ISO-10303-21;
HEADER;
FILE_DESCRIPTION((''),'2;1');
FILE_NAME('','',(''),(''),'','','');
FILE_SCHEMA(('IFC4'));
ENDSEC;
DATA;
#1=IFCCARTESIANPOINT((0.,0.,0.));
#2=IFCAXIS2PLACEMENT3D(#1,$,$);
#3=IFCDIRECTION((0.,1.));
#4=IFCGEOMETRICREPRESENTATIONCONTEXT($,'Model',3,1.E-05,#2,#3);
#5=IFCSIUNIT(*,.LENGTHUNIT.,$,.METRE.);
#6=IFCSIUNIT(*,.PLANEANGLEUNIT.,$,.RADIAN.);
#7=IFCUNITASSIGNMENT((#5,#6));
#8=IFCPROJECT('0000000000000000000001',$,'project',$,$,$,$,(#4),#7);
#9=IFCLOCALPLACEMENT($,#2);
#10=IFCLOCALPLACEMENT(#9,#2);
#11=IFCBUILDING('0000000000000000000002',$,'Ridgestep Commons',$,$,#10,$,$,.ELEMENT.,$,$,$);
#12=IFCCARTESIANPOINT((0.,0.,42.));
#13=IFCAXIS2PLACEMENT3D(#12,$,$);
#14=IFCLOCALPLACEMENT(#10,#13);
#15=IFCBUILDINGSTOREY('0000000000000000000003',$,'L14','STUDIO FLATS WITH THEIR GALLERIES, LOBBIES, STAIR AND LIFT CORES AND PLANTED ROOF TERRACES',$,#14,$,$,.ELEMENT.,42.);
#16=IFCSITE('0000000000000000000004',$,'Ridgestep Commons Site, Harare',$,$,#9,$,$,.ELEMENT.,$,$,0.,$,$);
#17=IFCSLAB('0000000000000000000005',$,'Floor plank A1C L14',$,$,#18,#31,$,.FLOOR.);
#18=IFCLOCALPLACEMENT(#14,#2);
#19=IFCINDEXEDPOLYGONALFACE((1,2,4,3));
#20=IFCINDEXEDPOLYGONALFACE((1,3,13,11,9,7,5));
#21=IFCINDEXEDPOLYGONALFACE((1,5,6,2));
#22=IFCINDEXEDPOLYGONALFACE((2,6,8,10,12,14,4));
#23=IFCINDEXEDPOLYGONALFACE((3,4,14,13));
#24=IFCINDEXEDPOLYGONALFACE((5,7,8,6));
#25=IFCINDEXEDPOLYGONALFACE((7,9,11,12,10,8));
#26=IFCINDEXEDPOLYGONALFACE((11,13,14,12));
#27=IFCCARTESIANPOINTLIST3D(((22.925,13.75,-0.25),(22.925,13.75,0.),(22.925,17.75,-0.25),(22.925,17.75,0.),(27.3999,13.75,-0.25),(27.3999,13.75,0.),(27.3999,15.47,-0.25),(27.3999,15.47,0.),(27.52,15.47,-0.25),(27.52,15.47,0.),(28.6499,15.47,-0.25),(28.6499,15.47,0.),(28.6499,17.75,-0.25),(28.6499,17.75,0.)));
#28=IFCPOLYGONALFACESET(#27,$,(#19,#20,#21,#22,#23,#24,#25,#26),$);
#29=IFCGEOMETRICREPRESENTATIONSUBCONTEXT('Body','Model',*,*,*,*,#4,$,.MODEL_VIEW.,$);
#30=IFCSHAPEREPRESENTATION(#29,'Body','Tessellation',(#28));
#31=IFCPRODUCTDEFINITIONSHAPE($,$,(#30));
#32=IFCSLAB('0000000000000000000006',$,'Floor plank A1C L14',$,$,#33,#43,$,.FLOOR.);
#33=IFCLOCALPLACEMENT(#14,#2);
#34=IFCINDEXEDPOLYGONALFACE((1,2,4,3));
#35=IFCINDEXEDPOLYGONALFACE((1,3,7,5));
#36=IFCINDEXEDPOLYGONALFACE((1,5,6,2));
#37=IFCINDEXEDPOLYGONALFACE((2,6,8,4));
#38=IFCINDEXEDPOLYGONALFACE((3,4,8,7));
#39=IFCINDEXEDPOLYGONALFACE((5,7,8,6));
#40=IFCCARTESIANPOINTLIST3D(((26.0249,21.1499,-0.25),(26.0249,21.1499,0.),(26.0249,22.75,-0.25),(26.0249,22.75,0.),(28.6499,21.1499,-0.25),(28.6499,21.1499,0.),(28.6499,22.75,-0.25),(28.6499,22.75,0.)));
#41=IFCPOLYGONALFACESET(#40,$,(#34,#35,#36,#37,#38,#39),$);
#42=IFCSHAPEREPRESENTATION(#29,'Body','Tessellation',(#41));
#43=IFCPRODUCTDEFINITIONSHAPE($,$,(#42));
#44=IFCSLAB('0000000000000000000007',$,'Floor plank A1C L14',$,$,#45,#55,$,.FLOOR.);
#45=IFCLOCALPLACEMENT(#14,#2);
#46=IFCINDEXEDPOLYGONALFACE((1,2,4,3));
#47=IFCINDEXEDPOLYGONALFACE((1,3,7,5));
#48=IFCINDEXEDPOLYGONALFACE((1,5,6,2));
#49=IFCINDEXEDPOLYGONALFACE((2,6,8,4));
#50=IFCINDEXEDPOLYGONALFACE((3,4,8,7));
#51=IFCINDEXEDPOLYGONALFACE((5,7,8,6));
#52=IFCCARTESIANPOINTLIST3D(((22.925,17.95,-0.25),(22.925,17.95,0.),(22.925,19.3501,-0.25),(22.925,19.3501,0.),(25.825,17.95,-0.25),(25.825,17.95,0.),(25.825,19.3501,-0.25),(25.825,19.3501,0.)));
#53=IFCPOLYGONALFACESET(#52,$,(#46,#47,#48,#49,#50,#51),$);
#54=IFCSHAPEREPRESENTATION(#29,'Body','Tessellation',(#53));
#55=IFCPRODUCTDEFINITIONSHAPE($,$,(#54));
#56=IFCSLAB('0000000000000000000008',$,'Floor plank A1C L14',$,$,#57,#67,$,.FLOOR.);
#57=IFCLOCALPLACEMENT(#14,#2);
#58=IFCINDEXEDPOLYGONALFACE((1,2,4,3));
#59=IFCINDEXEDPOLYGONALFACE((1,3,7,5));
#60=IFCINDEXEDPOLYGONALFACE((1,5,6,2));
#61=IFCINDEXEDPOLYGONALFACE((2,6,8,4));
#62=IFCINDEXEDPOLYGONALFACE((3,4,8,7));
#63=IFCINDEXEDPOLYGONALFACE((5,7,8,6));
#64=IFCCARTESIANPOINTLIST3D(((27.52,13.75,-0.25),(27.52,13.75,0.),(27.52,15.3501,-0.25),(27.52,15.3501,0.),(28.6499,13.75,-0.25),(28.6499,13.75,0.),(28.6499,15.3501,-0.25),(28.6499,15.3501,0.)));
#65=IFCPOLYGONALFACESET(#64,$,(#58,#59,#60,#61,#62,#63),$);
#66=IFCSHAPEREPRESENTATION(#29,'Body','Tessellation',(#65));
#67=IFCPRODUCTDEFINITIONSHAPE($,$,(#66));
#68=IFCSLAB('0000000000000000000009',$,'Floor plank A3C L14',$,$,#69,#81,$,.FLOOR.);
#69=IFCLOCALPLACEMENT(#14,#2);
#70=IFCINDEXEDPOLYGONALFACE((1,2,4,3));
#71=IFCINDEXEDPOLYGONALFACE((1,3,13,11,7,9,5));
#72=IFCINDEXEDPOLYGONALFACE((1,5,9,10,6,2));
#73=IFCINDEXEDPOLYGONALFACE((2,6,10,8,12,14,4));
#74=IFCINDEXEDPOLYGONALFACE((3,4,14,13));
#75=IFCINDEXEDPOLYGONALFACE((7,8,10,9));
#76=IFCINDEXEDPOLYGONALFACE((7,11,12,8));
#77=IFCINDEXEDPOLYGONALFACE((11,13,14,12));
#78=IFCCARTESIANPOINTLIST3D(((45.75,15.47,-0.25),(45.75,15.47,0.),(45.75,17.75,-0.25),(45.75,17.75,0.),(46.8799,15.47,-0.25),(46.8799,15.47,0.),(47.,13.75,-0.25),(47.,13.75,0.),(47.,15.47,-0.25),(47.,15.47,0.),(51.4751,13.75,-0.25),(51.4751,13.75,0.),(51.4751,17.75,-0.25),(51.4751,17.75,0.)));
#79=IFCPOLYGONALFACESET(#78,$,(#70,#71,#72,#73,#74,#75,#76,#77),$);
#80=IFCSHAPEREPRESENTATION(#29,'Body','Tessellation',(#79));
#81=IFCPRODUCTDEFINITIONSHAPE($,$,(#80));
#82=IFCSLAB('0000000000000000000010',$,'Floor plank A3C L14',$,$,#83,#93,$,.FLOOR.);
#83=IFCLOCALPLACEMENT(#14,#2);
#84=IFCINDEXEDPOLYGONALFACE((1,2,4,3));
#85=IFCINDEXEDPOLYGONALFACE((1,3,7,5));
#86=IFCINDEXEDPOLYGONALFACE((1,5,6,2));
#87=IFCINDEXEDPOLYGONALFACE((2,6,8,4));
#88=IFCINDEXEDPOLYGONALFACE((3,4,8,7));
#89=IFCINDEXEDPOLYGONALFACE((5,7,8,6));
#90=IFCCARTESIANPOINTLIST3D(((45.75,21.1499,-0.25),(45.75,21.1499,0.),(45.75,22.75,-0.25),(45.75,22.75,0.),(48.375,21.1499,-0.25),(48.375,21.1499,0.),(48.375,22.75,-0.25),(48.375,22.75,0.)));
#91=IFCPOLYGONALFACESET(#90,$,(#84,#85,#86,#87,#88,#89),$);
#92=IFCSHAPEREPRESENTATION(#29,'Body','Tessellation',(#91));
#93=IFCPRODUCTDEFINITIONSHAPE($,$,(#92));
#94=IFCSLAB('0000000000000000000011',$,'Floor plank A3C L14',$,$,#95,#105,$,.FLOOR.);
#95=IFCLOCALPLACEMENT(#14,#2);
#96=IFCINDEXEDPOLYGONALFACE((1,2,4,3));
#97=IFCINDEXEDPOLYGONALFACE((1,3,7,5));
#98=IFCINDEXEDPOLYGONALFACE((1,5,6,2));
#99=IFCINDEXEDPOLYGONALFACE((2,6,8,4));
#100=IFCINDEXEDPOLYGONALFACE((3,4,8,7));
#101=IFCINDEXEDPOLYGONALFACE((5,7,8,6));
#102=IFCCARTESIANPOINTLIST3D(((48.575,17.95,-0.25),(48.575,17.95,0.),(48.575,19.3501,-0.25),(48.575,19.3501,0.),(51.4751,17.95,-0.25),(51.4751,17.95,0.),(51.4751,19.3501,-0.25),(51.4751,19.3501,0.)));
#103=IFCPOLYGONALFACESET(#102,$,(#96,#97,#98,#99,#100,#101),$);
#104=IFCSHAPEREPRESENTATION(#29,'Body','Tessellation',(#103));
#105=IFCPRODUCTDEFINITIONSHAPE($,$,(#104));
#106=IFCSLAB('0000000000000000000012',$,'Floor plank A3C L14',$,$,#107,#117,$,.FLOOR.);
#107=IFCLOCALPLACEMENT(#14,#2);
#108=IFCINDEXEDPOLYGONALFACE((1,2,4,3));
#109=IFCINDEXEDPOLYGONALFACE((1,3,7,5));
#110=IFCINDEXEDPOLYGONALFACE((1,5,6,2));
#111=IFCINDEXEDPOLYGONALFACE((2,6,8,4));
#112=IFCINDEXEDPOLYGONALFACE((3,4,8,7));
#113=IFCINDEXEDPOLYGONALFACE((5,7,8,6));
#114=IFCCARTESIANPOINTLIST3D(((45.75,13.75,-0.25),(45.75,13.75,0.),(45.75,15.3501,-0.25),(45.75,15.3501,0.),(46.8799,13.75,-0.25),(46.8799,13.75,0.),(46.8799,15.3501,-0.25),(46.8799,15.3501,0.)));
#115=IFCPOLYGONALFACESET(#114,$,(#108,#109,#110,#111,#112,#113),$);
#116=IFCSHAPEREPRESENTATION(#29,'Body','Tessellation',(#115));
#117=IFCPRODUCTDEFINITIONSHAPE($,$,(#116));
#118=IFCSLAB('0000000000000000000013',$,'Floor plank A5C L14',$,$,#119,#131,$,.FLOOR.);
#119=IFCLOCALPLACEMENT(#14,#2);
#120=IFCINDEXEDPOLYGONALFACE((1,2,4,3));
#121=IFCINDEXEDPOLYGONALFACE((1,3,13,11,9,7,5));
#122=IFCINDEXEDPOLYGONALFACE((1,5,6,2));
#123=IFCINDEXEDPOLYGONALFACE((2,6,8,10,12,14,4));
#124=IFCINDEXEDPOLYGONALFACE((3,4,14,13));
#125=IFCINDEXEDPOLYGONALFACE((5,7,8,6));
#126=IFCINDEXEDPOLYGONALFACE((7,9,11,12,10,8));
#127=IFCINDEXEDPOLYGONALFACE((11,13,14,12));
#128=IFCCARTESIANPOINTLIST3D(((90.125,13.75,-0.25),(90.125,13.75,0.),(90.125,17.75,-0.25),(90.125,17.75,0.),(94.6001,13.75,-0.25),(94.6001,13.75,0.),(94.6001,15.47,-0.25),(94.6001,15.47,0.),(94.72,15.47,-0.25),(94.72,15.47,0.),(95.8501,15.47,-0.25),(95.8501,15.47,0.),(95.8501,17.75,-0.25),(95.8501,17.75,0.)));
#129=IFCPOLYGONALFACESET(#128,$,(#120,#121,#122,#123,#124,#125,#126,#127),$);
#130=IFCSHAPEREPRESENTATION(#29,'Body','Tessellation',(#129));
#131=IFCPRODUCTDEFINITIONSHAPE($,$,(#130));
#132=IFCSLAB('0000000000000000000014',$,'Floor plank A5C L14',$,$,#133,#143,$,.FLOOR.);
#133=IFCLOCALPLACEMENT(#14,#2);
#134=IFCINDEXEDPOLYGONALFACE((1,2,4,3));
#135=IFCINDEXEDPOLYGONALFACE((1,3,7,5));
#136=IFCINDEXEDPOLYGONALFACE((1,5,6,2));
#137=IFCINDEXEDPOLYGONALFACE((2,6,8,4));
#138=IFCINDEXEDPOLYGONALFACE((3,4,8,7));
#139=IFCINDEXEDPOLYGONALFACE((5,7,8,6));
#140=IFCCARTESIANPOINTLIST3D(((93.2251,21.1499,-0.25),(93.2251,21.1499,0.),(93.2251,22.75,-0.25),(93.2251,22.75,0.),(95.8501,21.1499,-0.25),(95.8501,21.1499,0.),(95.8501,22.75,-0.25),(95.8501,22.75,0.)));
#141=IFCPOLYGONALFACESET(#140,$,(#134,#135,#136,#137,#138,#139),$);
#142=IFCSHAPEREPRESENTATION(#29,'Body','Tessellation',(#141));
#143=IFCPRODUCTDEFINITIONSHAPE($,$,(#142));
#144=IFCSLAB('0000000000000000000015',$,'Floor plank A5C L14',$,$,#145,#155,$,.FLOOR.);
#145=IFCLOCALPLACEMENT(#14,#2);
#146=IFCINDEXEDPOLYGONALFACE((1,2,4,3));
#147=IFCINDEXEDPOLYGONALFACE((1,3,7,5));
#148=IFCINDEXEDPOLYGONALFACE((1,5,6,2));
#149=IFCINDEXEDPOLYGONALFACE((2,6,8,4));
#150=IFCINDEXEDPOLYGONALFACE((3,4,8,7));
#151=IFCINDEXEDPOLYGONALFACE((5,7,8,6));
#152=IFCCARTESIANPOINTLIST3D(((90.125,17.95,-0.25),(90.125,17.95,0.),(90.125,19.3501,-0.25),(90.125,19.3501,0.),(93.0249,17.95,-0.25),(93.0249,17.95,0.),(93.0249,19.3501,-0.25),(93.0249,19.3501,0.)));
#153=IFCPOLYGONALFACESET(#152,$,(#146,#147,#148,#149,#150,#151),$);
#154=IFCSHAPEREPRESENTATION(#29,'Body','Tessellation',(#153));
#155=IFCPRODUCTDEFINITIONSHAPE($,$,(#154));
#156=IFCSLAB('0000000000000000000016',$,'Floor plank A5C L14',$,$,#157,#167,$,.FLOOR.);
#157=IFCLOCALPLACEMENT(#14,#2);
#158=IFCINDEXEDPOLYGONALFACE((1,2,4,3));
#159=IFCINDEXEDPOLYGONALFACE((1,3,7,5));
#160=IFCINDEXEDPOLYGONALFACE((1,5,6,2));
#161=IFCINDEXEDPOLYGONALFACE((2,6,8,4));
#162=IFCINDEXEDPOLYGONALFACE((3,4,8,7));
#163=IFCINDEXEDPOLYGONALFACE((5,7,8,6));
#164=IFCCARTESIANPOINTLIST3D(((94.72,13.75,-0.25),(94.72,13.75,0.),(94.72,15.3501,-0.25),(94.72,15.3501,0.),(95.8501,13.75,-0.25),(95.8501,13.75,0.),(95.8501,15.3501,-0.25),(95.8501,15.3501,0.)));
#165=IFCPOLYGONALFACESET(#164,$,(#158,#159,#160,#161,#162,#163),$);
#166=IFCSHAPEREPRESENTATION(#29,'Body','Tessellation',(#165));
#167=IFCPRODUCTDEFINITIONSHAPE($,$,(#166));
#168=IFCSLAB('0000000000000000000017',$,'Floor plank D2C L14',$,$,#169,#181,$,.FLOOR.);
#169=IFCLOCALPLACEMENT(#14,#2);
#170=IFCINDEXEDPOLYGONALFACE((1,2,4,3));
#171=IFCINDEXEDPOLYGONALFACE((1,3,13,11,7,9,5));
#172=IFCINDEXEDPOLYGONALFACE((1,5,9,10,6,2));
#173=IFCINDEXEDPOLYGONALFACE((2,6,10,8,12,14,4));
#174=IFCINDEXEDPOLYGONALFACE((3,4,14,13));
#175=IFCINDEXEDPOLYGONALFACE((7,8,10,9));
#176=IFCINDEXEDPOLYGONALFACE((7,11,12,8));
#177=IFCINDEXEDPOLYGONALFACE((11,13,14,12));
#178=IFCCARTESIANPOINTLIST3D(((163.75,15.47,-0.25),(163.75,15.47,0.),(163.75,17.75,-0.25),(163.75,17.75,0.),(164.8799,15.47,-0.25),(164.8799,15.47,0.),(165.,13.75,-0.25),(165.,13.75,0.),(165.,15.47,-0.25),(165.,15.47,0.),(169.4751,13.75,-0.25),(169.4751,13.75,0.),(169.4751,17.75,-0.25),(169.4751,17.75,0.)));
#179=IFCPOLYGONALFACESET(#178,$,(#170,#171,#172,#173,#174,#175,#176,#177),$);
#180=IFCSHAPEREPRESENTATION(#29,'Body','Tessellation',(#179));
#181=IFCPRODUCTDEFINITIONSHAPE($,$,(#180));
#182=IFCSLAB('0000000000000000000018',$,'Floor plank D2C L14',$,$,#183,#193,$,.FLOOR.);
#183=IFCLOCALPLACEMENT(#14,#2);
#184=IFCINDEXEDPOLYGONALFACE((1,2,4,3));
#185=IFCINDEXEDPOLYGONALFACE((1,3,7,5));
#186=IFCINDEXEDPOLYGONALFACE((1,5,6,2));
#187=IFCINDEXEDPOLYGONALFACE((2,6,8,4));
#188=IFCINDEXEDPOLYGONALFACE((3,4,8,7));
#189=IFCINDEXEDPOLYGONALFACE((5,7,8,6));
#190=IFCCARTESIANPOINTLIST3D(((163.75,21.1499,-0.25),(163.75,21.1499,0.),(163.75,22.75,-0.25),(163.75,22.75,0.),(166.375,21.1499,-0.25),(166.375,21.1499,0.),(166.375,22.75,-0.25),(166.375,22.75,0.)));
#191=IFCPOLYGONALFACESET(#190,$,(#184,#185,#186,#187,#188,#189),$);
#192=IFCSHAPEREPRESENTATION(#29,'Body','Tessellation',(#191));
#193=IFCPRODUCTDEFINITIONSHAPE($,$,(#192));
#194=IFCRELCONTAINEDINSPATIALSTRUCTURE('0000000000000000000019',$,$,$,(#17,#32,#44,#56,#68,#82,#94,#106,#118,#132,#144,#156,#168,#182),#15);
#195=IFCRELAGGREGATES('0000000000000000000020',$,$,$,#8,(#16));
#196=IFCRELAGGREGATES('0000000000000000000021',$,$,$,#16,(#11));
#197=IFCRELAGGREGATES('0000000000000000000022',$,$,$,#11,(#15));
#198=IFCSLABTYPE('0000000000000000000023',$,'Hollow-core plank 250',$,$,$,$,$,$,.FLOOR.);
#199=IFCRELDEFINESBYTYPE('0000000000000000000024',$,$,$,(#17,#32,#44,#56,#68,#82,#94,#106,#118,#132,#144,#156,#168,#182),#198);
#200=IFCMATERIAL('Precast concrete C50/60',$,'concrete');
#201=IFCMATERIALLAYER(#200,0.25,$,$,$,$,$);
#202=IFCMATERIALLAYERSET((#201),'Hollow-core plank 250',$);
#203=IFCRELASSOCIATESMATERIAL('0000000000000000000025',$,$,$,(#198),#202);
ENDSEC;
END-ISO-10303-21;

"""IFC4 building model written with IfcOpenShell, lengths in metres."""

from ifc_helpers import new_model, si_unit, direction, frame, origin, place, context, subcontext, project, spatial, polyline, outline, extrude, material, layer, layer_set, type_object, element, save


model = new_model("IFC4")

# Units and contexts
model_context = context("Model", 3, precision=1e-05, world=origin(), true_north=direction((0.0, 1.0)))
body_context = subcontext(model_context, "Body", "Model", "MODEL_VIEW")
ifc_project = project(units=[si_unit("LENGTHUNIT", "METRE"), si_unit("PLANEANGLEUNIT", "RADIAN")], contexts=[model_context])

# Site, building, storey
site_placement = place(None, origin())
site = spatial("IfcSite", under=ifc_project, at=site_placement, Name="Ridgestep Commons Site, Harare", CompositionType="ELEMENT", RefElevation=0.0)
building_placement = place(site_placement, origin())
building = spatial("IfcBuilding", under=site, at=building_placement, Name="Ridgestep Commons", CompositionType="ELEMENT")
storey_placement = place(building_placement, frame((0.0, 0.0, 42.0)))
storey = spatial("IfcBuildingStorey", under=building, at=storey_placement, Name="L14", Description="STUDIO FLATS WITH THEIR GALLERIES, LOBBIES, STAIR AND LIFT CORES AND PLANTED ROOF TERRACES", CompositionType="ELEMENT", Elevation=42.0)

# Slabs
ifc_material_1 = material(Name="Precast concrete C50/60", Category="concrete")
ifc_layer_1 = layer(ifc_material_1, 0.25)
ifc_layer_set_1 = layer_set([ifc_layer_1], Name="Hollow-core plank 250")
slab_type_1 = type_object("IfcSlabType", Name="Hollow-core plank 250", PredefinedType="FLOOR", material=ifc_layer_set_1)
slab_1_placement = place(storey_placement, frame((0.0, 0.0, -0.25)))
element("IfcSlab", 1, at=slab_1_placement, inside=storey, type_object=slab_type_1, Name="Floor plank A1C L14", PredefinedType="FLOOR", context=body_context, shape_type="SweptSolid", body=[
    extrude(outline(polyline([(27.52, 15.47), (28.6499, 15.47), (28.6499, 17.75), (22.925, 17.75), (22.925, 13.75), (27.3999, 13.75), (27.3999, 15.47), (27.52, 15.47)])), origin(), (0.0, 0.0, 1.0), 0.25),
])
slab_2_placement = place(storey_placement, frame((0.0, 0.0, -0.25)))
element("IfcSlab", 2, at=slab_2_placement, inside=storey, type_object=slab_type_1, Name="Floor plank A1C L14", PredefinedType="FLOOR", context=body_context, shape_type="SweptSolid", body=[
    extrude(outline(polyline([(28.6499, 21.1499), (28.6499, 22.75), (26.0249, 22.75), (26.0249, 21.1499), (28.6499, 21.1499)])), origin(), (0.0, 0.0, 1.0), 0.25),
])
slab_3_placement = place(storey_placement, frame((0.0, 0.0, -0.25)))
element("IfcSlab", 3, at=slab_3_placement, inside=storey, type_object=slab_type_1, Name="Floor plank A1C L14", PredefinedType="FLOOR", context=body_context, shape_type="SweptSolid", body=[
    extrude(outline(polyline([(25.825, 17.95), (25.825, 19.3501), (22.925, 19.3501), (22.925, 17.95), (25.825, 17.95)])), origin(), (0.0, 0.0, 1.0), 0.25),
])
slab_4_placement = place(storey_placement, frame((0.0, 0.0, -0.25)))
element("IfcSlab", 4, at=slab_4_placement, inside=storey, type_object=slab_type_1, Name="Floor plank A1C L14", PredefinedType="FLOOR", context=body_context, shape_type="SweptSolid", body=[
    extrude(outline(polyline([(27.52, 13.75), (28.6499, 13.75), (28.6499, 15.3501), (27.52, 15.3501), (27.52, 13.75)])), origin(), (0.0, 0.0, 1.0), 0.25),
])
slab_5_placement = place(storey_placement, frame((0.0, 0.0, -0.25)))
element("IfcSlab", 5, at=slab_5_placement, inside=storey, type_object=slab_type_1, Name="Floor plank A3C L14", PredefinedType="FLOOR", context=body_context, shape_type="SweptSolid", body=[
    extrude(outline(polyline([(47.0, 13.75), (51.4751, 13.75), (51.4751, 17.75), (45.75, 17.75), (45.75, 15.47), (46.8799, 15.47), (47.0, 15.47), (47.0, 13.75)])), origin(), (0.0, 0.0, 1.0), 0.25),
])
slab_6_placement = place(storey_placement, frame((0.0, 0.0, -0.25)))
element("IfcSlab", 6, at=slab_6_placement, inside=storey, type_object=slab_type_1, Name="Floor plank A3C L14", PredefinedType="FLOOR", context=body_context, shape_type="SweptSolid", body=[
    extrude(outline(polyline([(48.375, 22.75), (45.75, 22.75), (45.75, 21.1499), (48.375, 21.1499), (48.375, 22.75)])), origin(), (0.0, 0.0, 1.0), 0.25),
])
slab_7_placement = place(storey_placement, frame((0.0, 0.0, -0.25)))
element("IfcSlab", 7, at=slab_7_placement, inside=storey, type_object=slab_type_1, Name="Floor plank A3C L14", PredefinedType="FLOOR", context=body_context, shape_type="SweptSolid", body=[
    extrude(outline(polyline([(51.4751, 17.95), (51.4751, 19.3501), (48.575, 19.3501), (48.575, 17.95), (51.4751, 17.95)])), origin(), (0.0, 0.0, 1.0), 0.25),
])
slab_8_placement = place(storey_placement, frame((0.0, 0.0, -0.25)))
element("IfcSlab", 8, at=slab_8_placement, inside=storey, type_object=slab_type_1, Name="Floor plank A3C L14", PredefinedType="FLOOR", context=body_context, shape_type="SweptSolid", body=[
    extrude(outline(polyline([(46.8799, 15.3501), (45.75, 15.3501), (45.75, 13.75), (46.8799, 13.75), (46.8799, 15.3501)])), origin(), (0.0, 0.0, 1.0), 0.25),
])
slab_9_placement = place(storey_placement, frame((0.0, 0.0, -0.25)))
element("IfcSlab", 9, at=slab_9_placement, inside=storey, type_object=slab_type_1, Name="Floor plank A5C L14", PredefinedType="FLOOR", context=body_context, shape_type="SweptSolid", body=[
    extrude(outline(polyline([(94.72, 15.47), (95.8501, 15.47), (95.8501, 17.75), (90.125, 17.75), (90.125, 13.75), (94.6001, 13.75), (94.6001, 15.47), (94.72, 15.47)])), origin(), (0.0, 0.0, 1.0), 0.25),
])
slab_10_placement = place(storey_placement, frame((0.0, 0.0, -0.25)))
element("IfcSlab", 10, at=slab_10_placement, inside=storey, type_object=slab_type_1, Name="Floor plank A5C L14", PredefinedType="FLOOR", context=body_context, shape_type="SweptSolid", body=[
    extrude(outline(polyline([(95.8501, 21.1499), (95.8501, 22.75), (93.2251, 22.75), (93.2251, 21.1499), (95.8501, 21.1499)])), origin(), (0.0, 0.0, 1.0), 0.25),
])
slab_11_placement = place(storey_placement, frame((0.0, 0.0, -0.25)))
element("IfcSlab", 11, at=slab_11_placement, inside=storey, type_object=slab_type_1, Name="Floor plank A5C L14", PredefinedType="FLOOR", context=body_context, shape_type="SweptSolid", body=[
    extrude(outline(polyline([(93.0249, 17.95), (93.0249, 19.3501), (90.125, 19.3501), (90.125, 17.95), (93.0249, 17.95)])), origin(), (0.0, 0.0, 1.0), 0.25),
])
slab_12_placement = place(storey_placement, frame((0.0, 0.0, -0.25)))
element("IfcSlab", 12, at=slab_12_placement, inside=storey, type_object=slab_type_1, Name="Floor plank A5C L14", PredefinedType="FLOOR", context=body_context, shape_type="SweptSolid", body=[
    extrude(outline(polyline([(94.72, 13.75), (95.8501, 13.75), (95.8501, 15.3501), (94.72, 15.3501), (94.72, 13.75)])), origin(), (0.0, 0.0, 1.0), 0.25),
])
slab_13_placement = place(storey_placement, frame((0.0, 0.0, -0.25)))
element("IfcSlab", 13, at=slab_13_placement, inside=storey, type_object=slab_type_1, Name="Floor plank D2C L14", PredefinedType="FLOOR", context=body_context, shape_type="SweptSolid", body=[
    extrude(outline(polyline([(165.0, 13.75), (169.4751, 13.75), (169.4751, 17.75), (163.75, 17.75), (163.75, 15.47), (164.8799, 15.47), (165.0, 15.47), (165.0, 13.75)])), origin(), (0.0, 0.0, 1.0), 0.25),
])
slab_14_placement = place(storey_placement, frame((0.0, 0.0, -0.25)))
element("IfcSlab", 14, at=slab_14_placement, inside=storey, type_object=slab_type_1, Name="Floor plank D2C L14", PredefinedType="FLOOR", context=body_context, shape_type="SweptSolid", body=[
    extrude(outline(polyline([(166.375, 22.75), (163.75, 22.75), (163.75, 21.1499), (166.375, 21.1499), (166.375, 22.75)])), origin(), (0.0, 0.0, 1.0), 0.25),
])

save(model, "model.ifc")
